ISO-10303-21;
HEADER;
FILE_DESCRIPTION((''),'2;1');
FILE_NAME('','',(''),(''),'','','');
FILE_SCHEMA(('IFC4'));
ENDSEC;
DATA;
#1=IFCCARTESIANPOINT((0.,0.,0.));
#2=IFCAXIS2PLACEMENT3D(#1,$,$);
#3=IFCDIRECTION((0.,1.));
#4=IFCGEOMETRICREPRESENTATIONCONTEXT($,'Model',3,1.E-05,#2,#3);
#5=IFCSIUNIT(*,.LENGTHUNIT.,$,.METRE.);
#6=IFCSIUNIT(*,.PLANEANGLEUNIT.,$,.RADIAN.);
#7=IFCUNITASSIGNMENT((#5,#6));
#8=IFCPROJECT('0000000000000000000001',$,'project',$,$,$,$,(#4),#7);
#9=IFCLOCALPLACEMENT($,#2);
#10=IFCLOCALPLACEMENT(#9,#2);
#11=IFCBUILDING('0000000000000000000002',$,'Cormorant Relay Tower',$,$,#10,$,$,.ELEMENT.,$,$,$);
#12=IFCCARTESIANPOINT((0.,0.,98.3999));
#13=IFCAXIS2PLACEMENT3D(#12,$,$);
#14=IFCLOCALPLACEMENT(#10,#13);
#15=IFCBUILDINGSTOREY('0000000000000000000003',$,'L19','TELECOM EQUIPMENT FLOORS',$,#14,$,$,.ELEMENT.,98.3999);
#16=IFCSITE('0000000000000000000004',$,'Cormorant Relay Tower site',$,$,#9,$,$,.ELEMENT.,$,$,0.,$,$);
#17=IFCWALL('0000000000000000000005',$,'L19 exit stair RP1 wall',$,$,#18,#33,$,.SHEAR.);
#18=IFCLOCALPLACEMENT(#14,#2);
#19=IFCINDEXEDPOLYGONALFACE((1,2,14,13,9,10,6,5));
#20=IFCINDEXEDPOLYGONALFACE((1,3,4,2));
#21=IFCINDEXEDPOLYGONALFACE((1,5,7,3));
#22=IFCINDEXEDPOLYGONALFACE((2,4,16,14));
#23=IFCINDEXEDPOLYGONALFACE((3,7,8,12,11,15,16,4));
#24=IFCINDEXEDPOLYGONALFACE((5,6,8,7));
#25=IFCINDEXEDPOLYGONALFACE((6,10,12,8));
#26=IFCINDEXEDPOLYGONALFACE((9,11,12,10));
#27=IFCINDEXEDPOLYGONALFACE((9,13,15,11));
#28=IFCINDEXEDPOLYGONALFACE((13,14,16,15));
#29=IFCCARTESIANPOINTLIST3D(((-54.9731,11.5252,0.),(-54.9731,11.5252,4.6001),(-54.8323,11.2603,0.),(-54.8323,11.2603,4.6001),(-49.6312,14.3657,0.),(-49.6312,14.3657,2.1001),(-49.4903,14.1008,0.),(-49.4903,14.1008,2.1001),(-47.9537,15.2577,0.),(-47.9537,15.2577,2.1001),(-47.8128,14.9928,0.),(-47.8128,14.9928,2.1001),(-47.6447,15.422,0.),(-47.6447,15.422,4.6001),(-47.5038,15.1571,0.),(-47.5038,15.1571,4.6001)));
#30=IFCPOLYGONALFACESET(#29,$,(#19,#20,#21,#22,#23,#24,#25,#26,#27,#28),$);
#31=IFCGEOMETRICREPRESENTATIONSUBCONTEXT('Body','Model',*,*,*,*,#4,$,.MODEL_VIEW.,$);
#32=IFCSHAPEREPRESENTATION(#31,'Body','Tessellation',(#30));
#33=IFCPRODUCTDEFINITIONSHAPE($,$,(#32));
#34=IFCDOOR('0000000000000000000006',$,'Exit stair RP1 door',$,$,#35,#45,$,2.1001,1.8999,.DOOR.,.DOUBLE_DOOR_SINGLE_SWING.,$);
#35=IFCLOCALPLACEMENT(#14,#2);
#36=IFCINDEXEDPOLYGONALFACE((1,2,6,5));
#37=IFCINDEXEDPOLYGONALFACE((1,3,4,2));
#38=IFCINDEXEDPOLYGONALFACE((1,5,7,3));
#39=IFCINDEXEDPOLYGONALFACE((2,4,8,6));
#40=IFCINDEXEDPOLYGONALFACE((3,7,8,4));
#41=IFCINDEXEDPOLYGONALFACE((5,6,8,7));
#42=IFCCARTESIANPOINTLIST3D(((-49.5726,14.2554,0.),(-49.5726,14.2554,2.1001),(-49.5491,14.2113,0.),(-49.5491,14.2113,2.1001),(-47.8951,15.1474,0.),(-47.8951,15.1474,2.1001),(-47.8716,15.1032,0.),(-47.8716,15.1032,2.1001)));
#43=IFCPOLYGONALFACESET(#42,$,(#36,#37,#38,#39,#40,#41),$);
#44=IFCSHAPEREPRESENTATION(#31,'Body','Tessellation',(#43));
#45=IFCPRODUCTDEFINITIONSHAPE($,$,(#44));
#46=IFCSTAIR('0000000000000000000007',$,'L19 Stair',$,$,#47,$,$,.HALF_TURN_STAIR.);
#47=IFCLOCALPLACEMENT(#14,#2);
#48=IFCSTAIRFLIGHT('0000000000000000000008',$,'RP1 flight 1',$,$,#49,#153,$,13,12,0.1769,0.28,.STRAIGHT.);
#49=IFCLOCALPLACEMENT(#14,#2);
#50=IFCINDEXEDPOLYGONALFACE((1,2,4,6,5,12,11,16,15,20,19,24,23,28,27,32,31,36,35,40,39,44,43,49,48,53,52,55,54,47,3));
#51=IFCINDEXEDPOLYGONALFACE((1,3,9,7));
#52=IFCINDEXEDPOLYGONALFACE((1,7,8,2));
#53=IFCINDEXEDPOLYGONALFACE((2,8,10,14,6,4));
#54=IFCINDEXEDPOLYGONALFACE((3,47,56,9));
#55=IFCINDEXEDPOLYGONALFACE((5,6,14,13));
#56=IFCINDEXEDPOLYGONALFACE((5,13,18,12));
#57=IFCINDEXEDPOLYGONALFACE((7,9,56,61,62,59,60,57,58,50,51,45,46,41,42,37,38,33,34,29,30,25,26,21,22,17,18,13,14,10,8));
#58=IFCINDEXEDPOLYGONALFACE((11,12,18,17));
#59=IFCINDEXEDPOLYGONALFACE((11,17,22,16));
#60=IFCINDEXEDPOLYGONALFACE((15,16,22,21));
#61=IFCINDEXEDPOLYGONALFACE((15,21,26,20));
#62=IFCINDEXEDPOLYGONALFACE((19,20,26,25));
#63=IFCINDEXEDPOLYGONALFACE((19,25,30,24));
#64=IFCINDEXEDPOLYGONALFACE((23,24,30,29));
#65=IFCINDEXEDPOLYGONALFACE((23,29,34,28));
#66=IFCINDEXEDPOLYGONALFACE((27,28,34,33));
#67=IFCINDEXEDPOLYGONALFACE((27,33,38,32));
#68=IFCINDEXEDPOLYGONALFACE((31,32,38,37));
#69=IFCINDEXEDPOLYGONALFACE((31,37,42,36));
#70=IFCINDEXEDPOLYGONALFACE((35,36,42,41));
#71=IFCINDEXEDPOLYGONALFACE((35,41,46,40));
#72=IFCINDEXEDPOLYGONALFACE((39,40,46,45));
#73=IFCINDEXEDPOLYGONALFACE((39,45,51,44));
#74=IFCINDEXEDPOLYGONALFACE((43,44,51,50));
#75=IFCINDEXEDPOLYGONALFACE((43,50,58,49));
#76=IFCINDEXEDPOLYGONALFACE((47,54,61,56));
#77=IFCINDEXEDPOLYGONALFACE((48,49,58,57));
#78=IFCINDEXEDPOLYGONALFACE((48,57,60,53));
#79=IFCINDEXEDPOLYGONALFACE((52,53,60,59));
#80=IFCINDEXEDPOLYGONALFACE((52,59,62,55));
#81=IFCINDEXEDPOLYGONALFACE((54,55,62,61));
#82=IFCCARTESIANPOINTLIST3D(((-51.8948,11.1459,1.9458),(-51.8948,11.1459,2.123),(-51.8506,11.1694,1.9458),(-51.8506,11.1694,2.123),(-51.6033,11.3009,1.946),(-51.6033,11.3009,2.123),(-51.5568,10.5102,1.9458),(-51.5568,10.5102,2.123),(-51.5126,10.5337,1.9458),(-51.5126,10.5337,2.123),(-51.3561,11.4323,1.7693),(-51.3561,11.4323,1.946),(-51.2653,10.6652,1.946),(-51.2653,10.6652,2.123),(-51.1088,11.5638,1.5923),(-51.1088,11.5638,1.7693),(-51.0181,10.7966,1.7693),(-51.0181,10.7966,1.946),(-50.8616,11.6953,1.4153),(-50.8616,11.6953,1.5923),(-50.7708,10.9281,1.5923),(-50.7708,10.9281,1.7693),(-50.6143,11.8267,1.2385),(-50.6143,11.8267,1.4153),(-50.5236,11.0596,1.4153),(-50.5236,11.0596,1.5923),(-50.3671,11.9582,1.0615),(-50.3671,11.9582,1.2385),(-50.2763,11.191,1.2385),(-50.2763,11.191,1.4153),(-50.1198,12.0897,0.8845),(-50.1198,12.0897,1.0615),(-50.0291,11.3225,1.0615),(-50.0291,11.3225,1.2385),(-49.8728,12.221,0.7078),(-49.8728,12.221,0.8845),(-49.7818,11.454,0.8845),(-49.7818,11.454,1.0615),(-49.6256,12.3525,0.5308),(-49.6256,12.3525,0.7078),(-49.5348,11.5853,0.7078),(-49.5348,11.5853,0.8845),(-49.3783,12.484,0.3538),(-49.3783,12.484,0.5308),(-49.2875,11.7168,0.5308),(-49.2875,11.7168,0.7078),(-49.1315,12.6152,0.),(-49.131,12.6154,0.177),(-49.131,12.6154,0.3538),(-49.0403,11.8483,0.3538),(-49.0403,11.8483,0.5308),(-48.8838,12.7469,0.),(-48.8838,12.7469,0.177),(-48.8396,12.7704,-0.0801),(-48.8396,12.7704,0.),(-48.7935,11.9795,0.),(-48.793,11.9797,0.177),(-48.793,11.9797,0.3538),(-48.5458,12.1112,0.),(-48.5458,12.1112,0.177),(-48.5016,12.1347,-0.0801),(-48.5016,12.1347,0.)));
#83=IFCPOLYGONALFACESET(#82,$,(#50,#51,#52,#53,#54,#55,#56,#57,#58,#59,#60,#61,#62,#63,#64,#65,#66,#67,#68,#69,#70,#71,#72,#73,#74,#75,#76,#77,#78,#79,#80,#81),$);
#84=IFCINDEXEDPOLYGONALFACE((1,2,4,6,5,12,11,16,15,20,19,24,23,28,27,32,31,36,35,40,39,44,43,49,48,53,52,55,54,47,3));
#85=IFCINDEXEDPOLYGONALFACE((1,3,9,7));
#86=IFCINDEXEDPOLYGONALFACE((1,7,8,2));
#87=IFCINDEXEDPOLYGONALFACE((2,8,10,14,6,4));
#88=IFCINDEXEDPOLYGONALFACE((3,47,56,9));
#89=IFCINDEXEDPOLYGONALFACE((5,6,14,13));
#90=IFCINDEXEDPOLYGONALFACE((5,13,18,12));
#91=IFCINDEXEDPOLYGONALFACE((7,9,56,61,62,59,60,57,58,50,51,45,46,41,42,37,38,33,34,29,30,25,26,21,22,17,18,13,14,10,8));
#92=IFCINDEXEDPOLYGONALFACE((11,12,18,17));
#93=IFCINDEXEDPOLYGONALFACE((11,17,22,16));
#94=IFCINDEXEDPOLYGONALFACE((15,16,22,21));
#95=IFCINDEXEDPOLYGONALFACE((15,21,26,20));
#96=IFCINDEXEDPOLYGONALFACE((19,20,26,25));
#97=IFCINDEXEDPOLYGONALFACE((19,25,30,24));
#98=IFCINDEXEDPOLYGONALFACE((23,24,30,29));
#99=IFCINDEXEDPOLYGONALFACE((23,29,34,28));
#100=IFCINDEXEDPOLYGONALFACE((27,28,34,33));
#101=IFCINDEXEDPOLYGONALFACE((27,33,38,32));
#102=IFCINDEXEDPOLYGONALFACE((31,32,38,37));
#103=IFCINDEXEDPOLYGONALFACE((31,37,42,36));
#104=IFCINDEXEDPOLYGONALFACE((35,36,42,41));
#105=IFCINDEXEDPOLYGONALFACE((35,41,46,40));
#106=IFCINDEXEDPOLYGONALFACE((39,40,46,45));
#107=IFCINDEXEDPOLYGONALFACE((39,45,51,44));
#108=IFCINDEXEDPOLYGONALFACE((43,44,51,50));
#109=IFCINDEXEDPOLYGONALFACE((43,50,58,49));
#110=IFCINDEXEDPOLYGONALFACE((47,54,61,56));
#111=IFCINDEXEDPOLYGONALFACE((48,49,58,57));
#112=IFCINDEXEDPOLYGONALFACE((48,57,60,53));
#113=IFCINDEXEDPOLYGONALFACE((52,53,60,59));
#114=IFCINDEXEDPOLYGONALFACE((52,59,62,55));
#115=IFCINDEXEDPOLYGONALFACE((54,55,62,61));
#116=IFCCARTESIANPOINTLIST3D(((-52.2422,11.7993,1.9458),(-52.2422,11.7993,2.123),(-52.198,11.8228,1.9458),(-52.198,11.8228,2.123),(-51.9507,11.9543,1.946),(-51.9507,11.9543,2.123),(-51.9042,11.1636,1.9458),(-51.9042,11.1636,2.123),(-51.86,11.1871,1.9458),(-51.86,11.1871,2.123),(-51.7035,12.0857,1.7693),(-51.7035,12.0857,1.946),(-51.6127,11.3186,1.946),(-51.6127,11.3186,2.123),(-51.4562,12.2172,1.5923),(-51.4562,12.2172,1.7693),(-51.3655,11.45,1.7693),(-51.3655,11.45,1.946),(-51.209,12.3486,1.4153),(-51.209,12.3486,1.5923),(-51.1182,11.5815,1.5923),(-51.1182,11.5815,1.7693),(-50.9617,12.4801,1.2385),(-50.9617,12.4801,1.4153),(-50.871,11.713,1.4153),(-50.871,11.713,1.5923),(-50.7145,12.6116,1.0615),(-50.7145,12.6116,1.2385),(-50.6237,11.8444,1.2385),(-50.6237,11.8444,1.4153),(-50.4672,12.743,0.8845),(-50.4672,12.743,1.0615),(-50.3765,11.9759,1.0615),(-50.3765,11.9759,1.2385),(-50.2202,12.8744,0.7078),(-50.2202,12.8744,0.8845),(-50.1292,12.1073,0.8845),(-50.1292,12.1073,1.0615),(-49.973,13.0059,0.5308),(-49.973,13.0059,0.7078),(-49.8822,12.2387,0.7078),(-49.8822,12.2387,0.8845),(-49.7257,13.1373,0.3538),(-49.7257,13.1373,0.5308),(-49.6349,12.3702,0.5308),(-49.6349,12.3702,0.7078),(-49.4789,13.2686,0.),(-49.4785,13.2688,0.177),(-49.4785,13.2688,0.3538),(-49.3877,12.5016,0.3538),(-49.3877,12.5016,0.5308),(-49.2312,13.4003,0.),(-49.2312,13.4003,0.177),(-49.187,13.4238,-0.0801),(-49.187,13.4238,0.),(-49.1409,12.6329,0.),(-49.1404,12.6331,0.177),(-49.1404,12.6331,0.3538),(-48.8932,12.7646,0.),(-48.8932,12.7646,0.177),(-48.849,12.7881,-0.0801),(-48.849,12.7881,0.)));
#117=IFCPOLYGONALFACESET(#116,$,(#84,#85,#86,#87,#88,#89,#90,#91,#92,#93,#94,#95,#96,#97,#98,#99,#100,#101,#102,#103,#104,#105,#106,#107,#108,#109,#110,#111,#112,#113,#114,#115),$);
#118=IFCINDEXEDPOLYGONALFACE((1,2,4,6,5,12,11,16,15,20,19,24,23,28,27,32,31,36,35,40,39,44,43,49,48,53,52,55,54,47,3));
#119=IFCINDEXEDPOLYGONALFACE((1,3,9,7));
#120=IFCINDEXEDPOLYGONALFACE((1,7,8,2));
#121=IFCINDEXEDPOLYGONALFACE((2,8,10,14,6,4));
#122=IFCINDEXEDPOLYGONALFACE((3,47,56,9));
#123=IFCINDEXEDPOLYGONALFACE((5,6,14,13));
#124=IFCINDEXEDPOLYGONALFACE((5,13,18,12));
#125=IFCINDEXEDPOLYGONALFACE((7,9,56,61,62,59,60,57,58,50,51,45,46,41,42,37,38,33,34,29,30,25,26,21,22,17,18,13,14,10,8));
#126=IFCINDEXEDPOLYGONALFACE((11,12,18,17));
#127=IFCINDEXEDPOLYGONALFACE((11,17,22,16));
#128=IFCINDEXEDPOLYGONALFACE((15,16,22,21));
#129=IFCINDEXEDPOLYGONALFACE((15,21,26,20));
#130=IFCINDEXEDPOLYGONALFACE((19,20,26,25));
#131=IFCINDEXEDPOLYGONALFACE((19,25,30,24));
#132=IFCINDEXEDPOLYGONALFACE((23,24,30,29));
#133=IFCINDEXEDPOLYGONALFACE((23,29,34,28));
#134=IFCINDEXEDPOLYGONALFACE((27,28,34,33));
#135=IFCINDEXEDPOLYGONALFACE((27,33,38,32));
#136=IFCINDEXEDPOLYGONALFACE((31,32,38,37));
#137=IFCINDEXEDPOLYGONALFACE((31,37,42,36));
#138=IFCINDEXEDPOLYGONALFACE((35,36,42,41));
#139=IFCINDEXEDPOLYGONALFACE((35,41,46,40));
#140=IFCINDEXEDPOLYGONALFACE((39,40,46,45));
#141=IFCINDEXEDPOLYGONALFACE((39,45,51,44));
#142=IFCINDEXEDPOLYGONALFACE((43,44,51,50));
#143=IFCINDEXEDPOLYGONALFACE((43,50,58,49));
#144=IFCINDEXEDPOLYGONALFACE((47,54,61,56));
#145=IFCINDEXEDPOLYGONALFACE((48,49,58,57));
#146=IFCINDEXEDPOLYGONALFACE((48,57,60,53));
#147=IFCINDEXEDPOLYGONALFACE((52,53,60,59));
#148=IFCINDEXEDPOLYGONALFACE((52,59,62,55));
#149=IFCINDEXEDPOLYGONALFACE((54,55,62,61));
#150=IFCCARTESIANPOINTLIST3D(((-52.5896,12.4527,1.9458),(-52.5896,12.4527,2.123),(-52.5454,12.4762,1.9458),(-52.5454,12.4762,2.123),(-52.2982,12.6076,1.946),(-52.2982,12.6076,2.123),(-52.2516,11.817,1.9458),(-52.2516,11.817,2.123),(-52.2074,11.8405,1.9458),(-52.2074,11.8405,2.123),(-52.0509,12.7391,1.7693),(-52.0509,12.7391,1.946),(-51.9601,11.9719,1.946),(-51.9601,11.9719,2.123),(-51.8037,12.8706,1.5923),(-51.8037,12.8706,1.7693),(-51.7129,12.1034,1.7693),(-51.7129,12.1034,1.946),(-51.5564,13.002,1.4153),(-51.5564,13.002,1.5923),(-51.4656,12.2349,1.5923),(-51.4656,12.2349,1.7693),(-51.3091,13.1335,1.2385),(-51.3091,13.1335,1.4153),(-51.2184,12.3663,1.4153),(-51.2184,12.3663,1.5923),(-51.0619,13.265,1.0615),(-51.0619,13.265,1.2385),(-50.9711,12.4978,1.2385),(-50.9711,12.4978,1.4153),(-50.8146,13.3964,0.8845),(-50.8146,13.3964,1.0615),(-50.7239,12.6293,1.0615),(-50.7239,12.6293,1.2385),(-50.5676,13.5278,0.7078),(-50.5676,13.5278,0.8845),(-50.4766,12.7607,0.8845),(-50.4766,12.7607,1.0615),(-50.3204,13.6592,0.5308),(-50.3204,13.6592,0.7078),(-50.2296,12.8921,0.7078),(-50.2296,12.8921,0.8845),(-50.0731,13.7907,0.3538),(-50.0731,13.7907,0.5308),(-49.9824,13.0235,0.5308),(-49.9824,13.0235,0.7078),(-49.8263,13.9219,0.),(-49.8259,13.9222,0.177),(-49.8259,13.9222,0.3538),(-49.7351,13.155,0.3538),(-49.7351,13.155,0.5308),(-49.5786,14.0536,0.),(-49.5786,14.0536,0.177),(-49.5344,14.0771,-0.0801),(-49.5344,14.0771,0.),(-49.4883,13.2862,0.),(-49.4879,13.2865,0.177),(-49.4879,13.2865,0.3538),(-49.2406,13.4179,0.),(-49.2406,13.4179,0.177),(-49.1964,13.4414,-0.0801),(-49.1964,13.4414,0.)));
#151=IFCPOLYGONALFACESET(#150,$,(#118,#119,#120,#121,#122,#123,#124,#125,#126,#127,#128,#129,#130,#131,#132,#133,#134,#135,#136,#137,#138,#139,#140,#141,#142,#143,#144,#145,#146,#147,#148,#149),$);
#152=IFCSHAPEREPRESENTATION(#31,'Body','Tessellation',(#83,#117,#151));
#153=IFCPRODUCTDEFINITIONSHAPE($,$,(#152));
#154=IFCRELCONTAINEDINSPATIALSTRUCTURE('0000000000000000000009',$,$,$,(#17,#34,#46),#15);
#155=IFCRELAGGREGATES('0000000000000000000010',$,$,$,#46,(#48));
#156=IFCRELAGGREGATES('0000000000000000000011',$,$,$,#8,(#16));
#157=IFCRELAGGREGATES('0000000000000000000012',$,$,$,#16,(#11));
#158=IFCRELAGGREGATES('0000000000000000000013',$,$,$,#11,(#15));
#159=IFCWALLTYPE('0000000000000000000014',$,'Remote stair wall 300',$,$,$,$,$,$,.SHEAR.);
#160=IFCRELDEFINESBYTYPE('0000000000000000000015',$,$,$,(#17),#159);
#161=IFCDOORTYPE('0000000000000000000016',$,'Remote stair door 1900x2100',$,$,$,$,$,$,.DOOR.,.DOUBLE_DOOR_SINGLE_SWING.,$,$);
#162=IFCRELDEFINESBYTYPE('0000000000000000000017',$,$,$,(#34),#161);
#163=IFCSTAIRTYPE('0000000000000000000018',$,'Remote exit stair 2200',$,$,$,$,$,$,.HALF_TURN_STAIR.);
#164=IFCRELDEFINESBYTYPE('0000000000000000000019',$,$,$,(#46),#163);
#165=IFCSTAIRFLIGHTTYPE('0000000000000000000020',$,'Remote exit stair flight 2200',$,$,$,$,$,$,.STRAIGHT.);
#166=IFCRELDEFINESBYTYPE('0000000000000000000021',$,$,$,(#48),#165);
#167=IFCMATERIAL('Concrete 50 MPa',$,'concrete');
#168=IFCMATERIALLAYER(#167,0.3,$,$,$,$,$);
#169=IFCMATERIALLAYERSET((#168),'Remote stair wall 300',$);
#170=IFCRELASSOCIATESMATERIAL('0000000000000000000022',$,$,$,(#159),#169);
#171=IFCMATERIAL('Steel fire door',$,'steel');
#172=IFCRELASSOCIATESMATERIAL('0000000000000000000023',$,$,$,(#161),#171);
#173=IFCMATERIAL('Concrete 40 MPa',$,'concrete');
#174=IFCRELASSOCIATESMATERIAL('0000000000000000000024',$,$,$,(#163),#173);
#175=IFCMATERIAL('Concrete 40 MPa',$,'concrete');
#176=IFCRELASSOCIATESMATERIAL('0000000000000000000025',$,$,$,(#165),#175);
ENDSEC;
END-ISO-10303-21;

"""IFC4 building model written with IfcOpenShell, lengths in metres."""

from ifc_helpers import new_model, si_unit, direction, frame, frame_2d, origin, place, context, subcontext, project, spatial, polyline, rectangle, outline, extrude, material, layer, layer_set, type_object, element, fill, aggregate, save


model = new_model("IFC4")

# Units and contexts
model_context = context("Model", 3, precision=1e-05, world=origin(), true_north=direction((0.0, 1.0)))
body_context = subcontext(model_context, "Body", "Model", "MODEL_VIEW")
ifc_project = project(units=[si_unit("LENGTHUNIT", "METRE"), si_unit("PLANEANGLEUNIT", "RADIAN")], contexts=[model_context])

# Site, building, storey
site_placement = place(None, origin())
site = spatial("IfcSite", under=ifc_project, at=site_placement, Name="Cormorant Relay Tower site", CompositionType="ELEMENT", RefElevation=0.0)
building_placement = place(site_placement, origin())
building = spatial("IfcBuilding", under=site, at=building_placement, Name="Cormorant Relay Tower", CompositionType="ELEMENT")
storey_placement = place(building_placement, frame((0.0, 0.0, 98.3999)))
storey = spatial("IfcBuildingStorey", under=building, at=storey_placement, Name="L19", Description="TELECOM EQUIPMENT FLOORS", CompositionType="ELEMENT", Elevation=98.3999)

# Shared definitions
ifc_material_1 = material(Name="Concrete 50 MPa", Category="concrete")
ifc_layer_1 = layer(ifc_material_1, 0.3)
ifc_layer_set_1 = layer_set([ifc_layer_1], Name="Remote stair wall 300")
wall_type_1 = type_object("IfcWallType", Name="Remote stair wall 300", PredefinedType="SHEAR", material=ifc_layer_set_1)

# Wall, opening, door
wall_1_placement = place(storey_placement, frame((-54.9026, 11.3928, 0.0), z_axis=(0.0, 0.0, 1.0), x_axis=(0.882939, 0.469487, 0.0)))
wall_1 = element("IfcWall", 1, at=wall_1_placement, inside=storey, type_object=wall_type_1, Name="L19 exit stair RP1 wall", PredefinedType="SHEAR", context=body_context, shape_type="SweptSolid", body=[
    extrude(rectangle(XDim=8.3, YDim=0.3, at=frame_2d((4.1499, 0.0))), origin(), (0.0, 0.0, 1.0), 4.6001),
])
opening_1_placement = place(wall_1_placement, frame((6.05, 0.0, 0.0)))
opening_1 = element("IfcOpeningElement", 2, at=opening_1_placement, cuts=wall_1, PredefinedType="OPENING", context=body_context, shape_type="SweptSolid", body=[
    extrude(rectangle(XDim=1.8999, YDim=2.1001, at=frame_2d((0.95, 1.05))), frame((0.0, 0.1599, 0.0), z_axis=(0.0, -1.0, 0.0), x_axis=(1.0, 0.0, 0.0)), (0.0, 0.0, 1.0), 0.3201),
])
ifc_material_2 = material(Name="Steel fire door", Category="steel")
door_type_1 = type_object("IfcDoorType", Name="Remote stair door 1900x2100", OperationType="DOUBLE_DOOR_SINGLE_SWING", PredefinedType="DOOR", material=ifc_material_2)
door_1_placement = place(opening_1_placement, frame((1.8999, 0.0, 0.0), z_axis=(0.0, 0.0, 1.0), x_axis=(-1.0, 0.0, 0.0)))
door_1 = element("IfcDoor", 3, at=door_1_placement, inside=storey, type_object=door_type_1, Name="Exit stair RP1 door", OperationType="DOUBLE_DOOR_SINGLE_SWING", OverallHeight=2.1001, OverallWidth=1.8999, PredefinedType="DOOR", context=body_context, shape_type="SweptSolid", body=[
    extrude(rectangle(XDim=1.8999, YDim=2.1001, at=frame_2d((0.95, 1.05))), frame((0.0, 0.0249, 0.0), z_axis=(0.0, -1.0, 0.0), x_axis=(1.0, 0.0, 0.0)), (0.0, 0.0, 1.0), 0.05),
])
fill(opening_1, door_1)

# Stair, stair flight
ifc_material_3 = material(Name="Concrete 40 MPa", Category="concrete")
stair_type = type_object("IfcStairType", Name="Remote exit stair 2200", PredefinedType="HALF_TURN_STAIR", material=ifc_material_3)
stair_placement = place(storey_placement, origin())
stair = element("IfcStair", 4, at=stair_placement, inside=storey, type_object=stair_type, Name="L19 Stair", PredefinedType="HALF_TURN_STAIR")
ifc_material_4 = material(Name="Concrete 40 MPa", Category="concrete")
stair_flight_type = type_object("IfcStairFlightType", Name="Remote exit stair flight 2200", PredefinedType="STRAIGHT", material=ifc_material_4)
stair_flight_1_placement = place(storey_placement, frame((-49.0623, 13.0825, 0.0), z_axis=(0.0, 0.0, 1.0), x_axis=(-0.882948, -0.469472, 0.0)))
stair_flight_1 = element("IfcStairFlight", 5, at=stair_flight_1_placement, type_object=stair_flight_type, Name="RP1 flight 1", NumberOfRisers=13, NumberOfTreads=12, PredefinedType="STRAIGHT", RiserHeight=0.1769, TreadLength=0.28, context=body_context, shape_type="SweptSolid", body=[
    extrude(outline(polyline([(-0.05, -0.0801), (-0.05, 0.0), (0.0, 0.0), (0.0, 0.177), (0.28, 0.177), (0.28, 0.3538), (0.5601, 0.3538), (0.5601, 0.5308), (0.8401, 0.5308), (0.8401, 0.7078), (1.1201, 0.7078), (1.1201, 0.8845), (1.3999, 0.8845), (1.3999, 1.0615), (1.6799, 1.0615), (1.6799, 1.2385), (1.96, 1.2385), (1.96, 1.4153), (2.24, 1.4153), (2.24, 1.5923), (2.52, 1.5923), (2.52, 1.7693), (2.8, 1.7693), (2.8, 1.946), (3.0801, 1.946), (3.0801, 2.123), (3.3601, 2.123), (3.4102, 2.123), (3.4102, 1.9458), (3.3601, 1.9458), (0.2805, 0.0), (-0.05, -0.0801)])), frame((0.0, 1.1001, 0.0), z_axis=(0.0, -1.0, 0.0), x_axis=(1.0, 0.0, 0.0)), (0.0, 0.0, 1.0), 0.72),
    extrude(outline(polyline([(-0.05, -0.0801), (-0.05, 0.0), (0.0, 0.0), (0.0, 0.177), (0.28, 0.177), (0.28, 0.3538), (0.5601, 0.3538), (0.5601, 0.5308), (0.8401, 0.5308), (0.8401, 0.7078), (1.1201, 0.7078), (1.1201, 0.8845), (1.3999, 0.8845), (1.3999, 1.0615), (1.6799, 1.0615), (1.6799, 1.2385), (1.96, 1.2385), (1.96, 1.4153), (2.24, 1.4153), (2.24, 1.5923), (2.52, 1.5923), (2.52, 1.7693), (2.8, 1.7693), (2.8, 1.946), (3.0801, 1.946), (3.0801, 2.123), (3.3601, 2.123), (3.4102, 2.123), (3.4102, 1.9458), (3.3601, 1.9458), (0.2805, 0.0), (-0.05, -0.0801)])), frame((0.0, 0.3601, 0.0), z_axis=(0.0, -1.0, 0.0), x_axis=(1.0, 0.0, 0.0)), (0.0, 0.0, 1.0), 0.72),
    extrude(outline(polyline([(-0.05, -0.0801), (-0.05, 0.0), (0.0, 0.0), (0.0, 0.177), (0.28, 0.177), (0.28, 0.3538), (0.5601, 0.3538), (0.5601, 0.5308), (0.8401, 0.5308), (0.8401, 0.7078), (1.1201, 0.7078), (1.1201, 0.8845), (1.3999, 0.8845), (1.3999, 1.0615), (1.6799, 1.0615), (1.6799, 1.2385), (1.96, 1.2385), (1.96, 1.4153), (2.24, 1.4153), (2.24, 1.5923), (2.52, 1.5923), (2.52, 1.7693), (2.8, 1.7693), (2.8, 1.946), (3.0801, 1.946), (3.0801, 2.123), (3.3601, 2.123), (3.4102, 2.123), (3.4102, 1.9458), (3.3601, 1.9458), (0.2805, 0.0), (-0.05, -0.0801)])), frame((0.0, -0.3799, 0.0), z_axis=(0.0, -1.0, 0.0), x_axis=(1.0, 0.0, 0.0)), (0.0, 0.0, 1.0), 0.72),
])
aggregate(stair, [stair_flight_1])

save(model, "model.ifc")
